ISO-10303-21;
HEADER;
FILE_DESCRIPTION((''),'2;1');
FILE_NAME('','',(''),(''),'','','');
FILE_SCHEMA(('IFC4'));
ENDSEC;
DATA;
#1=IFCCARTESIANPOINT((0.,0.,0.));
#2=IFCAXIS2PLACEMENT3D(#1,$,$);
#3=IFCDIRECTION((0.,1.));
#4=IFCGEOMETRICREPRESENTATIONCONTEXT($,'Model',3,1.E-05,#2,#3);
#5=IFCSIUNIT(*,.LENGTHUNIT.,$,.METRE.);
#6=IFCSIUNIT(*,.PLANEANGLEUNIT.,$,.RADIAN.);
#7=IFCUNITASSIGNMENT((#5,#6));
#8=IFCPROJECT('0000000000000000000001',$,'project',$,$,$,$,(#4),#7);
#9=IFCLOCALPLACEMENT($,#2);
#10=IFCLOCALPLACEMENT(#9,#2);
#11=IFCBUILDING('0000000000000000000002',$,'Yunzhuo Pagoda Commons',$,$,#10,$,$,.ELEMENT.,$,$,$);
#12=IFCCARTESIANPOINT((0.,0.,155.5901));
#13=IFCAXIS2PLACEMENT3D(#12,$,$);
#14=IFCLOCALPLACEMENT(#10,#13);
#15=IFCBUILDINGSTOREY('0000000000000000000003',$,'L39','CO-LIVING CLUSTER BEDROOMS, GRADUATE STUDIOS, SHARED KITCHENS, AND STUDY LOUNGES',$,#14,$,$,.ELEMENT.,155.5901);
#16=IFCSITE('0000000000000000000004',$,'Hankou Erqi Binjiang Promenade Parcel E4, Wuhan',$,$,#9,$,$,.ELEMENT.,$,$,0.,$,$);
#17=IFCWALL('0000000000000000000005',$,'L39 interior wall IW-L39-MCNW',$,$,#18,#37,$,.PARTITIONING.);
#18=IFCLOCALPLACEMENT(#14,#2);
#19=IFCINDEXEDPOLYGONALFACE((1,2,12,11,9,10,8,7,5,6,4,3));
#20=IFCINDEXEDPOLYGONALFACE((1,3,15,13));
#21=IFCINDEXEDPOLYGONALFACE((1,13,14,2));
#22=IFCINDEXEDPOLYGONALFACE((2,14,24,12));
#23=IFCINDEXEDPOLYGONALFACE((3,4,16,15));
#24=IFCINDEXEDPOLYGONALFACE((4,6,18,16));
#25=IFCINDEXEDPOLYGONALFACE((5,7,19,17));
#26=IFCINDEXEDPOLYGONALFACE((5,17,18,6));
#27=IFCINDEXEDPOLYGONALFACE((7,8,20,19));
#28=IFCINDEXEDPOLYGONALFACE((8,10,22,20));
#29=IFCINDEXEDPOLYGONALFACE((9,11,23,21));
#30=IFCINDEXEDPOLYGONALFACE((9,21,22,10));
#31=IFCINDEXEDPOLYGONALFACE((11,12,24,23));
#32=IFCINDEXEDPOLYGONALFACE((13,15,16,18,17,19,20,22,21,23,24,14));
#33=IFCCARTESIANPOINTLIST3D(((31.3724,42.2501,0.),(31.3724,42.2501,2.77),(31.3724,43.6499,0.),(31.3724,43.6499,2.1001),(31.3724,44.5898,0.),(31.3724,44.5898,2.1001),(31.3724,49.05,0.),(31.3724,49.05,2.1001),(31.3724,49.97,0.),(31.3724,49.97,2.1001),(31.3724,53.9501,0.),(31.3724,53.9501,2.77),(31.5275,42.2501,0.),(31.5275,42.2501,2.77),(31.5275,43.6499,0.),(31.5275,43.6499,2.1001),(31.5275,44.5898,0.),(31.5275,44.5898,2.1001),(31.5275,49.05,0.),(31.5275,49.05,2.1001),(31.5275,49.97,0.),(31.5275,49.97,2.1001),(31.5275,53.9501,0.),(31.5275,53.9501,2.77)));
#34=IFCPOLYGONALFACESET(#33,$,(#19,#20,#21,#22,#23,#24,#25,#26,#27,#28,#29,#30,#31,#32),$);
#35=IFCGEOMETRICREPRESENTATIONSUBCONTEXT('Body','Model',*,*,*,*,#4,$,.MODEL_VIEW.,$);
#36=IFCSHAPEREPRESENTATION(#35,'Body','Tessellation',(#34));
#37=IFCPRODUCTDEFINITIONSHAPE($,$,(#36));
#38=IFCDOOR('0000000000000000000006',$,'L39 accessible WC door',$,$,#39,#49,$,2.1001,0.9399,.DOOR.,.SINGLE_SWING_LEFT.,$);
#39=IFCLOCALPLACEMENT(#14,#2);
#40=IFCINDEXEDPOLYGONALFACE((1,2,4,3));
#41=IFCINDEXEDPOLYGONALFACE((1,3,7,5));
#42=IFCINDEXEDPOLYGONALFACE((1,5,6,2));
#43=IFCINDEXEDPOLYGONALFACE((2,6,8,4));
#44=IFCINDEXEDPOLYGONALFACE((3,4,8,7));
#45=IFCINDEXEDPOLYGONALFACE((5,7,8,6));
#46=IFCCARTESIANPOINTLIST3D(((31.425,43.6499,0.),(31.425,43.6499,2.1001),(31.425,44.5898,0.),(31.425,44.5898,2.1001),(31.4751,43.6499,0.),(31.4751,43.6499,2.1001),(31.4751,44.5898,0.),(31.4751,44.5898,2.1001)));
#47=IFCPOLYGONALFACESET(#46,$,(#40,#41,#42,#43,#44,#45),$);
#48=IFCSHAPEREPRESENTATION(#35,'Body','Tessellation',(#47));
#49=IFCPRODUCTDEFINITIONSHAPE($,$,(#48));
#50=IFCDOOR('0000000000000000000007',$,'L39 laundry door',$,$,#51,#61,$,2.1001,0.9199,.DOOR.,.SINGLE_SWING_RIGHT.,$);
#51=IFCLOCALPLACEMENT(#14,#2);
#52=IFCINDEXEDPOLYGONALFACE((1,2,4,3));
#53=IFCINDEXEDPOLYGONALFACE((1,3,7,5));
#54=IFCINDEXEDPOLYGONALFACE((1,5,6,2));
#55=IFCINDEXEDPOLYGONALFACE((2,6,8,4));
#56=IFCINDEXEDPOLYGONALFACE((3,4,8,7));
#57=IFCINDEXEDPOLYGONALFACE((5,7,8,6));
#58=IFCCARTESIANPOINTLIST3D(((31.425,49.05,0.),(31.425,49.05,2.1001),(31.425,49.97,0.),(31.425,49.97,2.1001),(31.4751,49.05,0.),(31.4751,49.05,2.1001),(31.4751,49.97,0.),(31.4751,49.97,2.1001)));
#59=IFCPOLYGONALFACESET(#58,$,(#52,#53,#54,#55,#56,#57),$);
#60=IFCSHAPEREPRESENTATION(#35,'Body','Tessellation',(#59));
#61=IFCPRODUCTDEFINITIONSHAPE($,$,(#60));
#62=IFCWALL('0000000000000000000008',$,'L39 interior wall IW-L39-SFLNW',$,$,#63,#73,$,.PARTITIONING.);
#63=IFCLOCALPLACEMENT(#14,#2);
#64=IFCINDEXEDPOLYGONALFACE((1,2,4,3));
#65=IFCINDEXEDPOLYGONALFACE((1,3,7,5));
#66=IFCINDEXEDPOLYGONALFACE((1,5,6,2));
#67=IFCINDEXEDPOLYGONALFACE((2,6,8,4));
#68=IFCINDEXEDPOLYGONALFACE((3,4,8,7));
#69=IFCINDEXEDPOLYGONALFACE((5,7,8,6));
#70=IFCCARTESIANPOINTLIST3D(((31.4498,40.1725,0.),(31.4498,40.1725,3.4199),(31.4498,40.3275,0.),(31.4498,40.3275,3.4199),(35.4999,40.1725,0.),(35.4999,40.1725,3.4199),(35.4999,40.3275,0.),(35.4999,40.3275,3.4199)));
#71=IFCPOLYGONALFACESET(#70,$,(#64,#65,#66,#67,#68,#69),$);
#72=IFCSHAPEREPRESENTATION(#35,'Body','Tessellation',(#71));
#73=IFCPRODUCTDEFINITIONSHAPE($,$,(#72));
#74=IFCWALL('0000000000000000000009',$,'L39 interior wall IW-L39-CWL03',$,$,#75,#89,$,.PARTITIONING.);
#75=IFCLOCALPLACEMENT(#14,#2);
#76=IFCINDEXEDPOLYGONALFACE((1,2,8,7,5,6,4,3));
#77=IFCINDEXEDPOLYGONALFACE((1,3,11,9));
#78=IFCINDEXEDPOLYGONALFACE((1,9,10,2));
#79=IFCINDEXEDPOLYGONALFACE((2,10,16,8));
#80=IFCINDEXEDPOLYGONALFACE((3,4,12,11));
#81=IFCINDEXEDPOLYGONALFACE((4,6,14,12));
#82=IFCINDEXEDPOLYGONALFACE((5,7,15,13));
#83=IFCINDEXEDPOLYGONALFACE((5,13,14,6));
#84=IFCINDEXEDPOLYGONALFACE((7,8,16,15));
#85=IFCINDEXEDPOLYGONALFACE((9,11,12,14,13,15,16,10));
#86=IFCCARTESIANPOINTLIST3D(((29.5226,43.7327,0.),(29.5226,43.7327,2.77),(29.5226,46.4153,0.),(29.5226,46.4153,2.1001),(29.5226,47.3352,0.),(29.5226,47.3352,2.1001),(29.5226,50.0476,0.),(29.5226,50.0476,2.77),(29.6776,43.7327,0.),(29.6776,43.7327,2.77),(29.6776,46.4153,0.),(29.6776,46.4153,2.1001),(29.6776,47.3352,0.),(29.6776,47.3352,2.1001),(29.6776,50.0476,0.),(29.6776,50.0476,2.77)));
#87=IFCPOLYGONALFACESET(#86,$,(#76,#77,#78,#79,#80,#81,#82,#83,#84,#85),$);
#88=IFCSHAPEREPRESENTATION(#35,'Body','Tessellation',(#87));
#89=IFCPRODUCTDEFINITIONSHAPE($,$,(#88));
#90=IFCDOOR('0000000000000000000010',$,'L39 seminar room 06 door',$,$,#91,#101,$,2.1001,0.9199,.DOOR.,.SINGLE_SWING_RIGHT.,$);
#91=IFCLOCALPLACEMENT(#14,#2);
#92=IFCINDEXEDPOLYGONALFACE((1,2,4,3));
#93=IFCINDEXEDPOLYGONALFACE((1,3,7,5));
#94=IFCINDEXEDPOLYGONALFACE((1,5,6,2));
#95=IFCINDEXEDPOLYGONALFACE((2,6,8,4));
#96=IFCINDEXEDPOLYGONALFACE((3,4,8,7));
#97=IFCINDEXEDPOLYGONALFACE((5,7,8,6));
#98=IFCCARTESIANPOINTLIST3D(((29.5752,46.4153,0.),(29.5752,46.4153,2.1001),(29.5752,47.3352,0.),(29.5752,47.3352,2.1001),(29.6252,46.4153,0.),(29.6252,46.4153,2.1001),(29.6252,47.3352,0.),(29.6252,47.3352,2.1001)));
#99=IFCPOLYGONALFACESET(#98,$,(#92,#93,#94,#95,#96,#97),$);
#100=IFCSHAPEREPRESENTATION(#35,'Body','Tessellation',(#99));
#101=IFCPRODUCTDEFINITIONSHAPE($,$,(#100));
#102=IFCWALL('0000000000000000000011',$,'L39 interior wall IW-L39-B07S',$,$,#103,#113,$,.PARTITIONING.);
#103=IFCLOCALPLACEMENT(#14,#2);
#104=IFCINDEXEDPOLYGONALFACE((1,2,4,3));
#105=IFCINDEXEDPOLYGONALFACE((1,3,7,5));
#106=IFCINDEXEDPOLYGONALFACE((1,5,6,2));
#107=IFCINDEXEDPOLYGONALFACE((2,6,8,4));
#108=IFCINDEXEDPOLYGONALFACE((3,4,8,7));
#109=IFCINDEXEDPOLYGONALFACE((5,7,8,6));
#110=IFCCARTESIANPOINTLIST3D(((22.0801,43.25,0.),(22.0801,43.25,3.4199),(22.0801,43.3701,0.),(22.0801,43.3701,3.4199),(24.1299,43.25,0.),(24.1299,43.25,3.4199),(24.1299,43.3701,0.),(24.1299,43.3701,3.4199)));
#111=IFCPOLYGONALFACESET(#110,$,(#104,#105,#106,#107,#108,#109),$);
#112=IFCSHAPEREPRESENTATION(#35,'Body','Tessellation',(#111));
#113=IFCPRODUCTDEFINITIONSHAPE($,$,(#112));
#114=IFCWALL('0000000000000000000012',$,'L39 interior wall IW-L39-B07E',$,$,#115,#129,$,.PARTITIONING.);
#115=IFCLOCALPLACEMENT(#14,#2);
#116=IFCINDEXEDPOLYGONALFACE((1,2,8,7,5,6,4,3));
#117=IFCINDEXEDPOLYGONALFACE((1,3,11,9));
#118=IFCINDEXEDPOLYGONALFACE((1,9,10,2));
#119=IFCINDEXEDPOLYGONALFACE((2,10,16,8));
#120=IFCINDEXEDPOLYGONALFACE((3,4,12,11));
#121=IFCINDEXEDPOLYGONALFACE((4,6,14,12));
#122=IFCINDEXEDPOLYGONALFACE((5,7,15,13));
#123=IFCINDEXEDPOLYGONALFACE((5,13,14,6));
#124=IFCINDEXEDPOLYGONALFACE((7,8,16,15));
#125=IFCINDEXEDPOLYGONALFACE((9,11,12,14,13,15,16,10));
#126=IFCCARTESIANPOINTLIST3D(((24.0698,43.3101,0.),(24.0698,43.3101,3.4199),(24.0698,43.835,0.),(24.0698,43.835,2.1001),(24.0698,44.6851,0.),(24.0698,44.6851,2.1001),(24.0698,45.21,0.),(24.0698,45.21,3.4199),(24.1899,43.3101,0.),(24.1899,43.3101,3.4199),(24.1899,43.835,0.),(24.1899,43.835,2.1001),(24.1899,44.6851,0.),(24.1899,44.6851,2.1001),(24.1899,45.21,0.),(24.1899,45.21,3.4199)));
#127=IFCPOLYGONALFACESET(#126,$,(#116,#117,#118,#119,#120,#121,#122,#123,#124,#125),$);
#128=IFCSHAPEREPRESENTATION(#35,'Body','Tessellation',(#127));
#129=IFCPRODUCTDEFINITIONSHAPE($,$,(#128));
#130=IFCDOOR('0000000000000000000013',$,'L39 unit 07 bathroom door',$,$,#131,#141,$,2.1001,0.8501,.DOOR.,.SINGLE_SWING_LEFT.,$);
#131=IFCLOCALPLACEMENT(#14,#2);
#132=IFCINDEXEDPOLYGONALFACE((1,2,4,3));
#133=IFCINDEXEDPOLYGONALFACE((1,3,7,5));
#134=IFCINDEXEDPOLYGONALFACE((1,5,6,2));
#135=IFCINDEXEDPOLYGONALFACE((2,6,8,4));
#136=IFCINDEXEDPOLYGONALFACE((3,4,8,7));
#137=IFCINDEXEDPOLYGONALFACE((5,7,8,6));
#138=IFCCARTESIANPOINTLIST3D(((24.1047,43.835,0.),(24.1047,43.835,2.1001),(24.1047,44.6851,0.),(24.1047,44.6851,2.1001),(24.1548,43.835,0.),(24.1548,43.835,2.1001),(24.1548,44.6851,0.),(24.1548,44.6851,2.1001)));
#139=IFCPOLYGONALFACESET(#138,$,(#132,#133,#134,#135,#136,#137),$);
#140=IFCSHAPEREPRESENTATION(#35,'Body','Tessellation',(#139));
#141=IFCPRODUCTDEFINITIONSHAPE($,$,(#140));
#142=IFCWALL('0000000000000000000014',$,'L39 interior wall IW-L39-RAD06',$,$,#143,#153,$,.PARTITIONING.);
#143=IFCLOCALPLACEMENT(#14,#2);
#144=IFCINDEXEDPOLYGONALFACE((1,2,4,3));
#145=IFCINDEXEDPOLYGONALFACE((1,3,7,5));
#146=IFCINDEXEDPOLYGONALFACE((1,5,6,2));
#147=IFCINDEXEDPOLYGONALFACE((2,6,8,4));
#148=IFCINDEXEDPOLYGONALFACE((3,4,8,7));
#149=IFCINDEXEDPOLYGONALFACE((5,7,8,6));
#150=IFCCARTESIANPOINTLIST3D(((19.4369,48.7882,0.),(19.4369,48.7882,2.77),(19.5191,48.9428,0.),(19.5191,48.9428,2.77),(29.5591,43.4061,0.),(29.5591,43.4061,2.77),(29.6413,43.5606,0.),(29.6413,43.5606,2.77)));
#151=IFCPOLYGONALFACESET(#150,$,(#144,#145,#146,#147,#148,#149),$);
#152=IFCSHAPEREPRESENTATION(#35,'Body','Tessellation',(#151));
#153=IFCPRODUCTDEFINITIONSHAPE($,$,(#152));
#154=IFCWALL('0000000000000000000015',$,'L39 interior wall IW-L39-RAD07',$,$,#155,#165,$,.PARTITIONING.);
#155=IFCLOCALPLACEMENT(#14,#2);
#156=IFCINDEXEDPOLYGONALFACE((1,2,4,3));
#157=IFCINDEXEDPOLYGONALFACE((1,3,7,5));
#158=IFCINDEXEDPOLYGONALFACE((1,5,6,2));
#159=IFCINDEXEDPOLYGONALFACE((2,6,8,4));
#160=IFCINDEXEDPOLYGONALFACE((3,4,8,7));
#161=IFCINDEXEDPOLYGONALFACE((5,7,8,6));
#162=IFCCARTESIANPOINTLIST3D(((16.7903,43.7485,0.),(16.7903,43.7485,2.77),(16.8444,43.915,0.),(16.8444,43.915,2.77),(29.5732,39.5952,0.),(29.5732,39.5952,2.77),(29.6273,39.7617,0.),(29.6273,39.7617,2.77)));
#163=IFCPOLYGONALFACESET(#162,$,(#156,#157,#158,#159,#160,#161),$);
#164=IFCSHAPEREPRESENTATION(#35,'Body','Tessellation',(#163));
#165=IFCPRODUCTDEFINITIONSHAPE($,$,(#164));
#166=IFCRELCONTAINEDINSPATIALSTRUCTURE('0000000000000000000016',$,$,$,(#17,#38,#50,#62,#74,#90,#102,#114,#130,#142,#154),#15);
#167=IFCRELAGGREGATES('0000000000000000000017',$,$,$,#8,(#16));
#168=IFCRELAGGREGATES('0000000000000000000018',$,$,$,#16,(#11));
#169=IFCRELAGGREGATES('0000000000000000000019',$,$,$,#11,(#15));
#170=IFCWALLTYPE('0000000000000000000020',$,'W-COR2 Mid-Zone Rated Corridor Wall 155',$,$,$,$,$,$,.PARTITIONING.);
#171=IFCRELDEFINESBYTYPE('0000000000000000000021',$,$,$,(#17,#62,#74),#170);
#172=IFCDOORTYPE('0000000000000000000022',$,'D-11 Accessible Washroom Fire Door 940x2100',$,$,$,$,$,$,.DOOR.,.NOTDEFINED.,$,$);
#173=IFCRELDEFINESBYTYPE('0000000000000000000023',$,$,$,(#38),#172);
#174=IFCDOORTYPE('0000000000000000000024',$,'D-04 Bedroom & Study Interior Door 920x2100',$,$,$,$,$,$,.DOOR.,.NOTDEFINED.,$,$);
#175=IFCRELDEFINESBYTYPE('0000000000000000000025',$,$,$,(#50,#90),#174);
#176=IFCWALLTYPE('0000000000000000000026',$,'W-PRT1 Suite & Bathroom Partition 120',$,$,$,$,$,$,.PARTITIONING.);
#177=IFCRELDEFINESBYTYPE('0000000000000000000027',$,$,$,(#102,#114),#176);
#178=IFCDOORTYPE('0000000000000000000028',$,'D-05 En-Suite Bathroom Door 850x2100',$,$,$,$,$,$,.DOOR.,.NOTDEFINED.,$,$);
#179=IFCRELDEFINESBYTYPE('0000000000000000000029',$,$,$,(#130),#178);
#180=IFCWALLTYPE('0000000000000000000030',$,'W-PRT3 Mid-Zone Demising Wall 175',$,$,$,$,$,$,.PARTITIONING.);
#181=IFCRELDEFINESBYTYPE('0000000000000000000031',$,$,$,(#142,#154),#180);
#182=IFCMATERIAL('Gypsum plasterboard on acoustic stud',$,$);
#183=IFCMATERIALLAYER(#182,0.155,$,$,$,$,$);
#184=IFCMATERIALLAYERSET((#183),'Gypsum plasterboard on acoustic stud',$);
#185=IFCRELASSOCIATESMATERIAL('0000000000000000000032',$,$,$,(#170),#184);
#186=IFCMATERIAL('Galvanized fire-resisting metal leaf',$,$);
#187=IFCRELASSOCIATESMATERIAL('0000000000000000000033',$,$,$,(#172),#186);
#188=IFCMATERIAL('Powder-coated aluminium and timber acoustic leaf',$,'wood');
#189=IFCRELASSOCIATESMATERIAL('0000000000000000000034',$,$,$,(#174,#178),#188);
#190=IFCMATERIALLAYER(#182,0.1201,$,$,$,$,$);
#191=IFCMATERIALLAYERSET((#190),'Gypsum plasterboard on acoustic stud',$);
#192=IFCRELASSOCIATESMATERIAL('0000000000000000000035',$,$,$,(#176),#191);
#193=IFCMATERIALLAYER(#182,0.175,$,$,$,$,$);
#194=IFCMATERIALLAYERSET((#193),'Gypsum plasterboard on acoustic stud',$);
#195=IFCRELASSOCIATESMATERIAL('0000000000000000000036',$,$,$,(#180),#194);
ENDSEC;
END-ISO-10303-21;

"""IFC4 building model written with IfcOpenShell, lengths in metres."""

from ifc_helpers import new_model, si_unit, direction, frame, frame_2d, origin, origin_with_axes, place, context, subcontext, project, spatial, rectangle, extrude, source, transform, mapped, material, layer, layer_set, type_object, element, fill, save


model = new_model("IFC4")

# Units and contexts
model_context = context("Model", 3, precision=1e-05, world=origin(), true_north=direction((0.0, 1.0)))
body_context = subcontext(model_context, "Body", "Model", "MODEL_VIEW")
ifc_project = project(units=[si_unit("LENGTHUNIT", "METRE"), si_unit("PLANEANGLEUNIT", "RADIAN")], contexts=[model_context])

# Site, building, storey
site_placement = place(None, origin())
site = spatial("IfcSite", under=ifc_project, at=site_placement, Name="Hankou Erqi Binjiang Promenade Parcel E4, Wuhan", CompositionType="ELEMENT", RefElevation=0.0)
building_placement = place(site_placement, origin())
building = spatial("IfcBuilding", under=site, at=building_placement, Name="Yunzhuo Pagoda Commons", CompositionType="ELEMENT")
storey_placement = place(building_placement, frame((0.0, 0.0, 155.5901)))
storey = spatial("IfcBuildingStorey", under=building, at=storey_placement, Name="L39", Description="CO-LIVING CLUSTER BEDROOMS, GRADUATE STUDIOS, SHARED KITCHENS, AND STUDY LOUNGES", CompositionType="ELEMENT", Elevation=155.5901)

# Shared definitions
ifc_material_1 = material(Name="Gypsum plasterboard on acoustic stud")
ifc_layer_1 = layer(ifc_material_1, 0.155)
ifc_layer_set_1 = layer_set([ifc_layer_1], Name="Gypsum plasterboard on acoustic stud")
wall_type_1 = type_object("IfcWallType", Name="W-COR2 Mid-Zone Rated Corridor Wall 155", PredefinedType="PARTITIONING", material=ifc_layer_set_1)

# Wall, openings, doors
wall_1_placement = place(storey_placement, frame((31.45, 42.25, 0.0), z_axis=(0.0, 0.0, 1.0), x_axis=(0.0, 1.0, 0.0)))
wall_1 = element("IfcWall", 1, at=wall_1_placement, inside=storey, type_object=wall_type_1, Name="L39 interior wall IW-L39-MCNW", PredefinedType="PARTITIONING", context=body_context, shape_type="SweptSolid", body=[
    extrude(rectangle(XDim=11.7, YDim=0.155, at=frame_2d((5.8501, 0.0))), origin(), (0.0, 0.0, 1.0), 2.77),
])
opening_1_placement = place(wall_1_placement, frame((1.3999, 0.0, 0.0)))
opening_1 = element("IfcOpeningElement", 2, at=opening_1_placement, cuts=wall_1, PredefinedType="OPENING", context=body_context, shape_type="SweptSolid", body=[
    extrude(rectangle(XDim=0.9399, YDim=2.1001, at=frame_2d((0.47, 1.05))), frame((0.0, 0.0874, 0.0), z_axis=(0.0, -1.0, 0.0), x_axis=(1.0, 0.0, 0.0)), (0.0, 0.0, 1.0), 0.175),
])
opening_2_placement = place(wall_1_placement, frame((6.8, 0.0, 0.0)))
opening_2 = element("IfcOpeningElement", 3, at=opening_2_placement, cuts=wall_1, PredefinedType="OPENING", context=body_context, shape_type="SweptSolid", body=[
    extrude(rectangle(XDim=0.9199, YDim=2.1001, at=frame_2d((0.46, 1.05))), frame((0.0, 0.0874, 0.0), z_axis=(0.0, -1.0, 0.0), x_axis=(1.0, 0.0, 0.0)), (0.0, 0.0, 1.0), 0.175),
])
ifc_material_2 = material(Name="Galvanized fire-resisting metal leaf")
door_type_1 = type_object("IfcDoorType", Name="D-11 Accessible Washroom Fire Door 940x2100", OperationType="NOTDEFINED", PredefinedType="DOOR", material=ifc_material_2)
shared_shape_1 = source(origin(), body_context, "Body", "SweptSolid", [
    extrude(rectangle(XDim=0.9399, YDim=2.1001, at=frame_2d((0.47, 1.05))), frame((0.0, 0.0249, 0.0), z_axis=(0.0, -1.0, 0.0), x_axis=(1.0, 0.0, 0.0)), (0.0, 0.0, 1.0), 0.05),
])
door_1_placement = place(opening_1_placement, origin_with_axes())
door_1 = element("IfcDoor", 4, at=door_1_placement, inside=storey, type_object=door_type_1, Name="L39 accessible WC door", OperationType="SINGLE_SWING_LEFT", OverallHeight=2.1001, OverallWidth=0.9399, PredefinedType="DOOR", context=body_context, shape_type="MappedRepresentation", body=[
    mapped(shared_shape_1, transform((0.0, 0.0, 0.0), scale=1.0)),
])
fill(opening_1, door_1)
ifc_material_3 = material(Name="Powder-coated aluminium and timber acoustic leaf", Category="wood")
door_type_2 = type_object("IfcDoorType", Name="D-04 Bedroom & Study Interior Door 920x2100", OperationType="NOTDEFINED", PredefinedType="DOOR", material=ifc_material_3)
shared_shape_2 = source(origin(), body_context, "Body", "SweptSolid", [
    extrude(rectangle(XDim=0.9199, YDim=2.1001, at=frame_2d((0.46, 1.05))), frame((0.0, 0.0249, 0.0), z_axis=(0.0, -1.0, 0.0), x_axis=(1.0, 0.0, 0.0)), (0.0, 0.0, 1.0), 0.05),
])
door_2_placement = place(opening_2_placement, origin_with_axes())
door_2 = element("IfcDoor", 5, at=door_2_placement, inside=storey, type_object=door_type_2, Name="L39 laundry door", OperationType="SINGLE_SWING_RIGHT", OverallHeight=2.1001, OverallWidth=0.9199, PredefinedType="DOOR", context=body_context, shape_type="MappedRepresentation", body=[
    mapped(shared_shape_2, transform((0.0, 0.0, 0.0), scale=1.0)),
])
fill(opening_2, door_2)

# Wall
wall_2_placement = place(storey_placement, frame((31.45, 40.25, 0.0), z_axis=(0.0, 0.0, 1.0), x_axis=(1.0, 0.0, 0.0)))
element("IfcWall", 6, at=wall_2_placement, inside=storey, type_object=wall_type_1, Name="L39 interior wall IW-L39-SFLNW", PredefinedType="PARTITIONING", context=body_context, shape_type="SweptSolid", body=[
    extrude(rectangle(XDim=4.05, YDim=0.155, at=frame_2d((2.0249, 0.0))), origin(), (0.0, 0.0, 1.0), 3.4199),
])

# Wall, opening, door
wall_3_placement = place(storey_placement, frame((29.6001, 43.7327, 0.0), z_axis=(0.0, 0.0, 1.0), x_axis=(0.0, 1.0, 0.0)))
wall_3 = element("IfcWall", 7, at=wall_3_placement, inside=storey, type_object=wall_type_1, Name="L39 interior wall IW-L39-CWL03", PredefinedType="PARTITIONING", context=body_context, shape_type="SweptSolid", body=[
    extrude(rectangle(XDim=6.3149, YDim=0.155, at=frame_2d((3.1575, 0.0))), origin(), (0.0, 0.0, 1.0), 2.77),
])
opening_3_placement = place(wall_3_placement, frame((2.6826, 0.0, 0.0)))
opening_3 = element("IfcOpeningElement", 8, at=opening_3_placement, cuts=wall_3, PredefinedType="OPENING", context=body_context, shape_type="SweptSolid", body=[
    extrude(rectangle(XDim=0.9199, YDim=2.1001, at=frame_2d((0.46, 1.05))), frame((0.0, 0.0874, 0.0), z_axis=(0.0, -1.0, 0.0), x_axis=(1.0, 0.0, 0.0)), (0.0, 0.0, 1.0), 0.175),
])
door_3_placement = place(opening_3_placement, origin_with_axes())
door_3 = element("IfcDoor", 9, at=door_3_placement, inside=storey, type_object=door_type_2, Name="L39 seminar room 06 door", OperationType="SINGLE_SWING_RIGHT", OverallHeight=2.1001, OverallWidth=0.9199, PredefinedType="DOOR", context=body_context, shape_type="MappedRepresentation", body=[
    mapped(shared_shape_2, transform((0.0, 0.0, 0.0), scale=1.0)),
])
fill(opening_3, door_3)

# Wall
ifc_layer_2 = layer(ifc_material_1, 0.1201)
ifc_layer_set_2 = layer_set([ifc_layer_2], Name="Gypsum plasterboard on acoustic stud")
wall_type_2 = type_object("IfcWallType", Name="W-PRT1 Suite & Bathroom Partition 120", PredefinedType="PARTITIONING", material=ifc_layer_set_2)
wall_4_placement = place(storey_placement, frame((22.0801, 43.3101, 0.0), z_axis=(0.0, 0.0, 1.0), x_axis=(1.0, 0.0, 0.0)))
element("IfcWall", 10, at=wall_4_placement, inside=storey, type_object=wall_type_2, Name="L39 interior wall IW-L39-B07S", PredefinedType="PARTITIONING", context=body_context, shape_type="SweptSolid", body=[
    extrude(rectangle(XDim=2.0498, YDim=0.1201, at=frame_2d((1.0249, 0.0))), origin(), (0.0, 0.0, 1.0), 3.4199),
])

# Wall, opening, door
wall_5_placement = place(storey_placement, frame((24.1299, 43.3101, 0.0), z_axis=(0.0, 0.0, 1.0), x_axis=(0.0, 1.0, 0.0)))
wall_5 = element("IfcWall", 11, at=wall_5_placement, inside=storey, type_object=wall_type_2, Name="L39 interior wall IW-L39-B07E", PredefinedType="PARTITIONING", context=body_context, shape_type="SweptSolid", body=[
    extrude(rectangle(XDim=1.8999, YDim=0.1201, at=frame_2d((0.95, 0.0))), origin(), (0.0, 0.0, 1.0), 3.4199),
])
opening_4_placement = place(wall_5_placement, frame((0.5249, 0.0, 0.0)))
opening_4 = element("IfcOpeningElement", 12, at=opening_4_placement, cuts=wall_5, PredefinedType="OPENING", context=body_context, shape_type="SweptSolid", body=[
    extrude(rectangle(XDim=0.8501, YDim=2.1001, at=frame_2d((0.425, 1.05))), frame((0.0, 0.0701, 0.0), z_axis=(0.0, -1.0, 0.0), x_axis=(1.0, 0.0, 0.0)), (0.0, 0.0, 1.0), 0.1401),
])
door_type_3 = type_object("IfcDoorType", Name="D-05 En-Suite Bathroom Door 850x2100", OperationType="NOTDEFINED", PredefinedType="DOOR", material=ifc_material_3)
shared_shape_3 = source(origin(), body_context, "Body", "SweptSolid", [
    extrude(rectangle(XDim=0.8501, YDim=2.1001, at=frame_2d((0.425, 1.05))), frame((0.0, 0.0249, 0.0), z_axis=(0.0, -1.0, 0.0), x_axis=(1.0, 0.0, 0.0)), (0.0, 0.0, 1.0), 0.05),
])
door_4_placement = place(opening_4_placement, frame((0.8501, 0.0, 0.0), z_axis=(0.0, 0.0, 1.0), x_axis=(-1.0, 0.0, 0.0)))
door_4 = element("IfcDoor", 13, at=door_4_placement, inside=storey, type_object=door_type_3, Name="L39 unit 07 bathroom door", OperationType="SINGLE_SWING_LEFT", OverallHeight=2.1001, OverallWidth=0.8501, PredefinedType="DOOR", context=body_context, shape_type="MappedRepresentation", body=[
    mapped(shared_shape_3, transform((0.0, 0.0, 0.0), scale=1.0)),
])
fill(opening_4, door_4)

# Walls
ifc_layer_3 = layer(ifc_material_1, 0.175)
ifc_layer_set_3 = layer_set([ifc_layer_3], Name="Gypsum plasterboard on acoustic stud")
wall_type_3 = type_object("IfcWallType", Name="W-PRT3 Mid-Zone Demising Wall 175", PredefinedType="PARTITIONING", material=ifc_layer_set_3)
wall_6_placement = place(storey_placement, frame((29.6001, 43.4834, 0.0), z_axis=(0.0, 0.0, 1.0), x_axis=(-0.882945, 0.469477, 0.0)))
element("IfcWall", 14, at=wall_6_placement, inside=storey, type_object=wall_type_3, Name="L39 interior wall IW-L39-RAD06", PredefinedType="PARTITIONING", context=body_context, shape_type="SweptSolid", body=[
    extrude(rectangle(XDim=11.4641, YDim=0.175, at=frame_2d((5.7319, 0.0))), origin(), (0.0, 0.0, 1.0), 2.77),
])
wall_7_placement = place(storey_placement, frame((29.6001, 39.6785, 0.0), z_axis=(0.0, 0.0, 1.0), x_axis=(-0.951059, 0.309009, 0.0)))
element("IfcWall", 15, at=wall_7_placement, inside=storey, type_object=wall_type_3, Name="L39 interior wall IW-L39-RAD07", PredefinedType="PARTITIONING", context=body_context, shape_type="SweptSolid", body=[
    extrude(rectangle(XDim=13.4407, YDim=0.175, at=frame_2d((6.7202, 0.0))), origin(), (0.0, 0.0, 1.0), 2.77),
])

save(model, "model.ifc")
